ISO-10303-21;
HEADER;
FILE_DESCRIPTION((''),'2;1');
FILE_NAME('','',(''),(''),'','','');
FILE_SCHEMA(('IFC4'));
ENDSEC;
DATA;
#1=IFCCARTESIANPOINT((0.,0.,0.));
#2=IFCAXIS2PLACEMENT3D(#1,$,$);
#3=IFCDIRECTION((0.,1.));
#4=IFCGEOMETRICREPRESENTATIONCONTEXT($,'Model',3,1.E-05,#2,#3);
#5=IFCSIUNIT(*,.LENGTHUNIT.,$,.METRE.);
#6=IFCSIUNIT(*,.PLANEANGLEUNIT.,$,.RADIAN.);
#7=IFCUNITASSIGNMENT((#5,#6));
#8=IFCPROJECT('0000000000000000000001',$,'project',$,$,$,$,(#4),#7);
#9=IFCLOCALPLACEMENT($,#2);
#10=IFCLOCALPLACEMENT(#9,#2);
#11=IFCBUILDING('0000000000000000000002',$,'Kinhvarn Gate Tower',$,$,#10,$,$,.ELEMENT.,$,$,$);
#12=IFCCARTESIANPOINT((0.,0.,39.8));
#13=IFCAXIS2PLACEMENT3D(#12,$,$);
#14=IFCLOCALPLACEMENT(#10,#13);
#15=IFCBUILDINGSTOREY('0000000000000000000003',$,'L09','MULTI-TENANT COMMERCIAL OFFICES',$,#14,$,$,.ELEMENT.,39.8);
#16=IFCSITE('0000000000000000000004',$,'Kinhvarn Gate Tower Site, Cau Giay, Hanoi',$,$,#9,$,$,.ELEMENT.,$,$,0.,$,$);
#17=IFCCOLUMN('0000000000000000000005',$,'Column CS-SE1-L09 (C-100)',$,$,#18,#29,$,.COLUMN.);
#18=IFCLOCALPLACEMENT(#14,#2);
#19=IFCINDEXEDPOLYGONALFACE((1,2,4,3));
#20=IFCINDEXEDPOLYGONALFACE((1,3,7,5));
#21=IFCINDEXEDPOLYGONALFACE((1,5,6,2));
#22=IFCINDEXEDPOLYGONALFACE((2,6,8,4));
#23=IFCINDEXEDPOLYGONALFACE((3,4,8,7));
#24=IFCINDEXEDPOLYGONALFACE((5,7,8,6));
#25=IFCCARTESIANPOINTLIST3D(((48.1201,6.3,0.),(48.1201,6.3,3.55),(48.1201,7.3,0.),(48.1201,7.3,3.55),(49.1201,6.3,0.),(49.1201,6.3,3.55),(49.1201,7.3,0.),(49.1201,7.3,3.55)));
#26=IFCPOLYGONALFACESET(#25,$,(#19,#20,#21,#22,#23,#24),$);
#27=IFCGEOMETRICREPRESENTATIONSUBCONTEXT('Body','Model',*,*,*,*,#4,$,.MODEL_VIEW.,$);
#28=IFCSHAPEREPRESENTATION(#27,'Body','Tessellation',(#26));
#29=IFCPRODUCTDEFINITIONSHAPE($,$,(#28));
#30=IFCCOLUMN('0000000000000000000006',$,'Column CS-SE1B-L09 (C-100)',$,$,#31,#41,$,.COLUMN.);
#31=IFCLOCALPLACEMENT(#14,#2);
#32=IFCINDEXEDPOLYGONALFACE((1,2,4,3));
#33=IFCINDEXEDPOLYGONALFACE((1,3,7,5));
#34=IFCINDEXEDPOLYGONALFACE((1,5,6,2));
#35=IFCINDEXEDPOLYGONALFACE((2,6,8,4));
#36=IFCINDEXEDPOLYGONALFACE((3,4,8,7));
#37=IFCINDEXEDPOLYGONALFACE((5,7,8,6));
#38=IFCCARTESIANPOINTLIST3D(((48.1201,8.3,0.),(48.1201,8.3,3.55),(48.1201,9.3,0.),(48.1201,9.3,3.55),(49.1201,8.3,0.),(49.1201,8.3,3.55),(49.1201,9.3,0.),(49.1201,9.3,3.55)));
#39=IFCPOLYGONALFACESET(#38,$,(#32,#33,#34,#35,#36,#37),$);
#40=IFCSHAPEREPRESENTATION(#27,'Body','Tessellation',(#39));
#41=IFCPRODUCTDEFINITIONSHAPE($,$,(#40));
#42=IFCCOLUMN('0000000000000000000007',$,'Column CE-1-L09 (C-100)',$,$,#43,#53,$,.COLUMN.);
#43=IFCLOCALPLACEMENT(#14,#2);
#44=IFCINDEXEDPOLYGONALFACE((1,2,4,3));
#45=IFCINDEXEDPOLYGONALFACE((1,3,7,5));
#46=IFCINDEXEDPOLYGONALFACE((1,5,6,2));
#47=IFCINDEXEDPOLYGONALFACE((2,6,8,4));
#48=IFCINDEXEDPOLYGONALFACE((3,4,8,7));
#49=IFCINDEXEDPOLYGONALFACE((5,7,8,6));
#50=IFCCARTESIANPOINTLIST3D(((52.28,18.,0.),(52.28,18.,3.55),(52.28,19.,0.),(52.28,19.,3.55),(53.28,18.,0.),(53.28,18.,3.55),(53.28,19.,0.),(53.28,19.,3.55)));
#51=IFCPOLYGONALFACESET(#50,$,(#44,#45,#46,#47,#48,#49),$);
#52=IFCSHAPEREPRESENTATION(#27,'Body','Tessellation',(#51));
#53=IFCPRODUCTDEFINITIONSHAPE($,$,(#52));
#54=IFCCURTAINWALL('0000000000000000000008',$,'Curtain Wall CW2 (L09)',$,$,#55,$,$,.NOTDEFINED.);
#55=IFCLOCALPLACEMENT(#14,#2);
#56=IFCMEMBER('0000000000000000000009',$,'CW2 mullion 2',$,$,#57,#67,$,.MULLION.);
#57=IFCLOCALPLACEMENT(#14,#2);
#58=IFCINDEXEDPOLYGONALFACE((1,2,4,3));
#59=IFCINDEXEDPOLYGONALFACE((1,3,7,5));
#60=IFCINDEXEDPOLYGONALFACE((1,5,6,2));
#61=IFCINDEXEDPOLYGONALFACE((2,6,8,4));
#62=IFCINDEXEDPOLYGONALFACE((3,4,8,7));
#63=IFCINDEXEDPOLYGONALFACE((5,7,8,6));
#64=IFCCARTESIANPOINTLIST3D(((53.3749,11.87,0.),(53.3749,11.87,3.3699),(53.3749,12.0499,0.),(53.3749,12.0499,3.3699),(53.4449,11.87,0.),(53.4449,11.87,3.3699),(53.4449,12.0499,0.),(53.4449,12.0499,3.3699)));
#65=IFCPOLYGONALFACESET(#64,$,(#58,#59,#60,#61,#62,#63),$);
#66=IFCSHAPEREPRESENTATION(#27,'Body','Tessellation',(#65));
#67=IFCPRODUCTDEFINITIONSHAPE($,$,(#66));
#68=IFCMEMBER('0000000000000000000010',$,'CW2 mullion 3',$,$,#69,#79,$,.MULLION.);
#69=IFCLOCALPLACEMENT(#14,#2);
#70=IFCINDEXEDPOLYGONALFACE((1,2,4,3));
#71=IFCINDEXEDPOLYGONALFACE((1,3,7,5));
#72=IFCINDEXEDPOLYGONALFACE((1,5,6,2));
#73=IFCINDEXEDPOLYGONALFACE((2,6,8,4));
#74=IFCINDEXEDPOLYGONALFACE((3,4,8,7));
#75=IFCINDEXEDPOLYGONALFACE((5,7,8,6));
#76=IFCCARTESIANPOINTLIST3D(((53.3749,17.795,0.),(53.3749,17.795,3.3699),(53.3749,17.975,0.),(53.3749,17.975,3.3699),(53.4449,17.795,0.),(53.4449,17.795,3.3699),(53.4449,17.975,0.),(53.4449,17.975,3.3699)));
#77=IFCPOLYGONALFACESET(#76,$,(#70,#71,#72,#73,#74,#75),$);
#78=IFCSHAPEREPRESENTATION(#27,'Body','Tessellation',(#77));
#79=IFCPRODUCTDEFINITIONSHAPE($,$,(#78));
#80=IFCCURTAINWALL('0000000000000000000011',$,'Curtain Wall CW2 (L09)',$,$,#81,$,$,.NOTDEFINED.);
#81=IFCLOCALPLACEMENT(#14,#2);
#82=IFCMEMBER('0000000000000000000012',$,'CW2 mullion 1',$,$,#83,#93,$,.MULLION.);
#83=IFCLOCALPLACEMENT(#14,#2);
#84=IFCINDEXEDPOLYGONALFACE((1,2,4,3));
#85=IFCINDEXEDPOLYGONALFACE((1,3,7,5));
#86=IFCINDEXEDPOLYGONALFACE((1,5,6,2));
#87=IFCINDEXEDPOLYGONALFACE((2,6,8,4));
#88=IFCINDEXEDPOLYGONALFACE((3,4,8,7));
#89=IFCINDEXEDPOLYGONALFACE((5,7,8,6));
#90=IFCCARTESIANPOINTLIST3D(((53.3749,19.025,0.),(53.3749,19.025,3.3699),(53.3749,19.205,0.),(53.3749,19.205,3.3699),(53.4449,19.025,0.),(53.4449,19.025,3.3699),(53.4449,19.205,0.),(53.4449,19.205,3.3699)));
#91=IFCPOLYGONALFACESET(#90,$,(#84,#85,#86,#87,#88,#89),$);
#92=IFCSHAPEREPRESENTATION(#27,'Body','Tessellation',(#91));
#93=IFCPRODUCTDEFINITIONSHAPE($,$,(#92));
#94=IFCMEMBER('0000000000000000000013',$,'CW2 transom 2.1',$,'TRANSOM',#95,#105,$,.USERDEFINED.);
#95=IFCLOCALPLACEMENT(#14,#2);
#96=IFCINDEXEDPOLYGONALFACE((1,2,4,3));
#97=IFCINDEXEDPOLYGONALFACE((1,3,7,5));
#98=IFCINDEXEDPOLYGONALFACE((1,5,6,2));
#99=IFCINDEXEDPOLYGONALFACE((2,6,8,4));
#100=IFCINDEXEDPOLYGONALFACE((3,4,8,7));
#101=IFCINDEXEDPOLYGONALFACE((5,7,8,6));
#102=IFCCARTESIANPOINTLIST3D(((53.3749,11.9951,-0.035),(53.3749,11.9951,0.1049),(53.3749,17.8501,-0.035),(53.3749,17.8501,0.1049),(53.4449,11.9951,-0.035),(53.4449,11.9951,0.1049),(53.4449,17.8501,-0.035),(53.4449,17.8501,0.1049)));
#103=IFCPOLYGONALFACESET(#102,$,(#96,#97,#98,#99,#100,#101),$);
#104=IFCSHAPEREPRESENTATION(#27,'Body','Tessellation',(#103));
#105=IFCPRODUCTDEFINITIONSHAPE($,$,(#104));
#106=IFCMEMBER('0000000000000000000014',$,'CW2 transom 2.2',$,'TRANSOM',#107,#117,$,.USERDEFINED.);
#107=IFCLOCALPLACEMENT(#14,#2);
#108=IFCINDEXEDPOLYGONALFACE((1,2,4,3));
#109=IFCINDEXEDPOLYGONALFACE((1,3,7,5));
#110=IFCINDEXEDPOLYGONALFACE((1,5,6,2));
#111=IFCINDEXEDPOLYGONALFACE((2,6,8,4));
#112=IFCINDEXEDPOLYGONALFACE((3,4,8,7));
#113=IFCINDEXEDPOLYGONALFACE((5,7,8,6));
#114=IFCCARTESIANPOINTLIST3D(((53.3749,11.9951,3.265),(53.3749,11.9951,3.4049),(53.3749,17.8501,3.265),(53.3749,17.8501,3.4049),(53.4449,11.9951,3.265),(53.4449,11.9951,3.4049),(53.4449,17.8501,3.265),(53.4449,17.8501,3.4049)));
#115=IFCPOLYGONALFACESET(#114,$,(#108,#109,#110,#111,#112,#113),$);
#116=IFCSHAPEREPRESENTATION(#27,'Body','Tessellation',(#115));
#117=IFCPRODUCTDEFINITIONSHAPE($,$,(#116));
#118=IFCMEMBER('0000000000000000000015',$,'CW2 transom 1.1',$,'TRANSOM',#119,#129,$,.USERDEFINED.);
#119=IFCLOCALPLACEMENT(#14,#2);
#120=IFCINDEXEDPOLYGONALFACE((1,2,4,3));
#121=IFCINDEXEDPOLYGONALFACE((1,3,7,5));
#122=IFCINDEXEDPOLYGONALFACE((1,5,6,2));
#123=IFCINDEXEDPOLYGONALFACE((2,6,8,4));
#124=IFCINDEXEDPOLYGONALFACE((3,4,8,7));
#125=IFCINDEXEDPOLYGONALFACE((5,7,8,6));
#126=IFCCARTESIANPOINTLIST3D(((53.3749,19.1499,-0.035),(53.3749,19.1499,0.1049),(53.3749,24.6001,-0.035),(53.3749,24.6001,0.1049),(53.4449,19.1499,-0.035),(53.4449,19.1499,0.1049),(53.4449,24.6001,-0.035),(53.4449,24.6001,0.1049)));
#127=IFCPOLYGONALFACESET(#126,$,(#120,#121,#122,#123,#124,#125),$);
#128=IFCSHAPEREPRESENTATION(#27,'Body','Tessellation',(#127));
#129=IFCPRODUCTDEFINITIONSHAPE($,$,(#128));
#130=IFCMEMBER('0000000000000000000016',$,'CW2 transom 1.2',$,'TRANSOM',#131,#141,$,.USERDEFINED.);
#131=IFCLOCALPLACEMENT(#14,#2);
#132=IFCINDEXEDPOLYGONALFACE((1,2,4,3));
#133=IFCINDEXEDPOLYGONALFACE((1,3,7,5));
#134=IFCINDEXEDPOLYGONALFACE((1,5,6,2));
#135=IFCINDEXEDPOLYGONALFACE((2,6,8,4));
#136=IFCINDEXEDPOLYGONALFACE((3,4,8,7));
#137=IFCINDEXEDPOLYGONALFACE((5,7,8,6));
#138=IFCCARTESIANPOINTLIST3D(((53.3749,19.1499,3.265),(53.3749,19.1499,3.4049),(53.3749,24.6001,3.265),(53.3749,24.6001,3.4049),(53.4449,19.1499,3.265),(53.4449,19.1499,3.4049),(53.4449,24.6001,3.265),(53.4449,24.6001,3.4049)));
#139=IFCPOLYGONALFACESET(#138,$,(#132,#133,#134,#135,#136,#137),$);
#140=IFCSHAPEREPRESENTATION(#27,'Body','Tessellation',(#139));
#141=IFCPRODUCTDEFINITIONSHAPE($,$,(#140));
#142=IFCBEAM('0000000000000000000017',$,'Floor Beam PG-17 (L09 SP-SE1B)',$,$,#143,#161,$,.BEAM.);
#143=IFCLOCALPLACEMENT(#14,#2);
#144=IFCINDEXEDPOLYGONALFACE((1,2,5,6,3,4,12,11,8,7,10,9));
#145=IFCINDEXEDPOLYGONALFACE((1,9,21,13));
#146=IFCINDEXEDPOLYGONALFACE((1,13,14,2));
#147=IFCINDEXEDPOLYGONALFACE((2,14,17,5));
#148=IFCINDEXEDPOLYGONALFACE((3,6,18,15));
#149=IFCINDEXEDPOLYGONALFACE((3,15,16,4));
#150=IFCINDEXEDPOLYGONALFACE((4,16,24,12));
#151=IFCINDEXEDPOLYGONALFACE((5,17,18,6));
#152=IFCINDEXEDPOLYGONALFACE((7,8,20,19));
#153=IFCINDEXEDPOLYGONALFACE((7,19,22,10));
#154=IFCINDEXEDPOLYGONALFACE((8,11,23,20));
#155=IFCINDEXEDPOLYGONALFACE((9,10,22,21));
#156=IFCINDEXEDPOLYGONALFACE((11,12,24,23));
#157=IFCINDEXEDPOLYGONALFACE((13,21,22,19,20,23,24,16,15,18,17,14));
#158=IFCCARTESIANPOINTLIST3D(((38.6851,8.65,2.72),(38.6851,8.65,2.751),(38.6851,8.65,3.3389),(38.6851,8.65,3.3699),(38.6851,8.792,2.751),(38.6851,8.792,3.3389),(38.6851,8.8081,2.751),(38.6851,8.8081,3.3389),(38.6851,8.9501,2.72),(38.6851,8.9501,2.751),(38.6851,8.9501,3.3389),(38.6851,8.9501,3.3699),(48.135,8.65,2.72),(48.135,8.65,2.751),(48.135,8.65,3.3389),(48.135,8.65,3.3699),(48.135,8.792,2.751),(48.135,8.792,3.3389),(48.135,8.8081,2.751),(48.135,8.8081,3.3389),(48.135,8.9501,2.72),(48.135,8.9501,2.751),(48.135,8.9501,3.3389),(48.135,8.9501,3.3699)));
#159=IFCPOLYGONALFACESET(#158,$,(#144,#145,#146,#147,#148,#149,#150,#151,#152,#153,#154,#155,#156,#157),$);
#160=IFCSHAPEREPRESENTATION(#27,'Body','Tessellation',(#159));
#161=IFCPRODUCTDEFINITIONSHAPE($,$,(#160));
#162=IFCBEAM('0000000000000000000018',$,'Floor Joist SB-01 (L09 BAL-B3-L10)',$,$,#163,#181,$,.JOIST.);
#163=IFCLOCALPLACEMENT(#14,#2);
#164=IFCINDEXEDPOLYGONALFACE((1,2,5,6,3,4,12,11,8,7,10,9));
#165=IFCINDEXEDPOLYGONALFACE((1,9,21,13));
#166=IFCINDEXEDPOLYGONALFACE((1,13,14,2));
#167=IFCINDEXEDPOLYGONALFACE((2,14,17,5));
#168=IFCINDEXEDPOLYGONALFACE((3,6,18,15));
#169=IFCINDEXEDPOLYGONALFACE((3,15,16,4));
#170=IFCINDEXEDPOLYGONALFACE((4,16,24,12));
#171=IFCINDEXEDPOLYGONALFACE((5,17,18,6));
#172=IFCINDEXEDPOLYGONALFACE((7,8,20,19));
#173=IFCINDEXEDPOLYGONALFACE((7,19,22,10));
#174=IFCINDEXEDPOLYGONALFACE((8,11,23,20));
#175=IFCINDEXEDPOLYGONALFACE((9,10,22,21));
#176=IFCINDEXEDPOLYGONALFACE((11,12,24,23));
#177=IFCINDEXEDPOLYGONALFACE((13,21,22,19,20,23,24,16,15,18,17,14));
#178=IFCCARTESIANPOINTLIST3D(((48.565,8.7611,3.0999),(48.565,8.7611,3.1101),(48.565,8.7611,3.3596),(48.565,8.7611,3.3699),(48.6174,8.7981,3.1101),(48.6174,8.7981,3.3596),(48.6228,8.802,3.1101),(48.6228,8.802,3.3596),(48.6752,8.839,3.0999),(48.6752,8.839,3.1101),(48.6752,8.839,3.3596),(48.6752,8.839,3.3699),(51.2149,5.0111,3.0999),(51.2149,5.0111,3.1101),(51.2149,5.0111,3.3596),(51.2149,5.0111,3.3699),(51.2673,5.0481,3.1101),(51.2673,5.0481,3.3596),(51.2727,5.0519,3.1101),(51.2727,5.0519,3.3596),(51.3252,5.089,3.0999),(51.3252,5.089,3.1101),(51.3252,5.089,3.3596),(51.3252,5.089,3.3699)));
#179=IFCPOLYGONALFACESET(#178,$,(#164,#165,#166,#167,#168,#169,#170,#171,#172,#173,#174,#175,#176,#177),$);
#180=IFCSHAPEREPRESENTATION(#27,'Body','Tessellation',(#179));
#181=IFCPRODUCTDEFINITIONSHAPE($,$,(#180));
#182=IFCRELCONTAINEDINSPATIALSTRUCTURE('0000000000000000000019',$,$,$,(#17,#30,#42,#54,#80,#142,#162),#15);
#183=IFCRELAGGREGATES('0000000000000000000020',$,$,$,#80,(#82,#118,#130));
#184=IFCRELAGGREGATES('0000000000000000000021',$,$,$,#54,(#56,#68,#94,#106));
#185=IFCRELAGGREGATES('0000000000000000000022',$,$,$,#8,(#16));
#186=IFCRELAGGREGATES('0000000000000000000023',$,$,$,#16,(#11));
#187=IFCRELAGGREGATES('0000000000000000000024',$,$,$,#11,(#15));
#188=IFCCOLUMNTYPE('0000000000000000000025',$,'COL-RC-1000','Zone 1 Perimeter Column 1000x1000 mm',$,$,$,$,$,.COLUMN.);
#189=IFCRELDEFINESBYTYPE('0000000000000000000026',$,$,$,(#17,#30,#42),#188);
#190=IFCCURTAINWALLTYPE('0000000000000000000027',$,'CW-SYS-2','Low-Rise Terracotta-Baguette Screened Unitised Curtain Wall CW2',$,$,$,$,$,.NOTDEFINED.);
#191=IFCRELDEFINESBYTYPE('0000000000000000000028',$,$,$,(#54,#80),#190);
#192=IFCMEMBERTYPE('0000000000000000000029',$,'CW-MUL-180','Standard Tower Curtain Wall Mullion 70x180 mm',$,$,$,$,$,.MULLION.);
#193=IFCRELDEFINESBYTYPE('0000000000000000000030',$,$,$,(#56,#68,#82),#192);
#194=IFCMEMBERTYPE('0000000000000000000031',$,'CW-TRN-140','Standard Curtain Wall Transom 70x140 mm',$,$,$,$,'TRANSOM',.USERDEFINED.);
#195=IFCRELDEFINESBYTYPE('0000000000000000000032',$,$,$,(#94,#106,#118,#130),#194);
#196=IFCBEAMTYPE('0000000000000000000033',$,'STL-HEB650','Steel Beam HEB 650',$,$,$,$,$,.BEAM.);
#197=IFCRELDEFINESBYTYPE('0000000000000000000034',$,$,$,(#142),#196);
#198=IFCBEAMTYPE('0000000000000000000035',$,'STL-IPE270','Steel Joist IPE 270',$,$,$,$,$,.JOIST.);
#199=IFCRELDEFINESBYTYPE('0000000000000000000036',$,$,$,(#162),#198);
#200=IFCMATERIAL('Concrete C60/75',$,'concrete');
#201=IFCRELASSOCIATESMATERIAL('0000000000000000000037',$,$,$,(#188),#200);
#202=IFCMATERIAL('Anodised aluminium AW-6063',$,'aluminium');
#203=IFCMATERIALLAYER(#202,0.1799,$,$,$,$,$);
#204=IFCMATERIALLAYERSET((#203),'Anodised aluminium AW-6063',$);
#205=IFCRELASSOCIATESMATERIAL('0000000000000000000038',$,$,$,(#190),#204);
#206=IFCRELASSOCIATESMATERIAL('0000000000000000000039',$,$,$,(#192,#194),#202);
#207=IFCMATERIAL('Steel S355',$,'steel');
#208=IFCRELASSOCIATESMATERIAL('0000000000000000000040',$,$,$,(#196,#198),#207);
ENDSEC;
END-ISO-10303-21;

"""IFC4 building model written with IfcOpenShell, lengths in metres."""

from ifc_helpers import new_model, si_unit, direction, frame, origin, origin_2d, place, context, subcontext, project, spatial, rectangle, i_section, extrude, material, layer, layer_set, material_profile, profile_set, type_object, element, aggregate, save


model = new_model("IFC4")

# Units and contexts
model_context = context("Model", 3, precision=1e-05, world=origin(), true_north=direction((0.0, 1.0)))
body_context = subcontext(model_context, "Body", "Model", "MODEL_VIEW")
ifc_project = project(units=[si_unit("LENGTHUNIT", "METRE"), si_unit("PLANEANGLEUNIT", "RADIAN")], contexts=[model_context])

# Site, building, storey
site_placement = place(None, origin())
site = spatial("IfcSite", under=ifc_project, at=site_placement, Name="Kinhvarn Gate Tower Site, Cau Giay, Hanoi", CompositionType="ELEMENT", RefElevation=0.0)
building_placement = place(site_placement, origin())
building = spatial("IfcBuilding", under=site, at=building_placement, Name="Kinhvarn Gate Tower", CompositionType="ELEMENT")
storey_placement = place(building_placement, frame((0.0, 0.0, 39.8)))
storey = spatial("IfcBuildingStorey", under=building, at=storey_placement, Name="L09", Description="MULTI-TENANT COMMERCIAL OFFICES", CompositionType="ELEMENT", Elevation=39.8)

# Columns
ifc_material_1 = material(Name="Concrete C60/75", Category="concrete")
ifc_material_profile_1 = material_profile(ifc_material_1, rectangle(XDim=1.0, YDim=1.0, at=origin_2d()), Name="RC 1000x1000")
ifc_profile_set_1 = profile_set([ifc_material_profile_1], Name="Concrete C60/75")
column_type = type_object("IfcColumnType", Name="COL-RC-1000", Description="Zone 1 Perimeter Column 1000x1000 mm", PredefinedType="COLUMN", material=ifc_profile_set_1)
for number, where, z_axis, x_axis, name in (
    (1, (48.6201, 6.8, 0.0), (0.0, 0.0, 1.0), (1.0, 0.0, 0.0), "Column CS-SE1-L09 (C-100)"),
    (2, (48.6201, 8.8, 0.0), (0.0, 0.0, 1.0), (1.0, 0.0, 0.0), "Column CS-SE1B-L09 (C-100)"),
    (3, (52.78, 18.5, 0.0), (0.0, 0.0, 1.0), (1.0, 0.0, 0.0), "Column CE-1-L09 (C-100)"),
):
    element("IfcColumn", number, at=place(storey_placement, frame(where, z_axis=z_axis, x_axis=x_axis)), inside=storey, type_object=column_type, Name=name, PredefinedType="COLUMN", context=body_context, shape_type="SweptSolid", body=[
        extrude(rectangle(XDim=1.0, YDim=1.0, at=origin_2d()), origin(), (0.0, 0.0, 1.0), 3.55),
    ])

# Curtain wall, members
ifc_material_2 = material(Name="Anodised aluminium AW-6063", Category="aluminium")
ifc_layer_1 = layer(ifc_material_2, 0.1799)
ifc_layer_set_1 = layer_set([ifc_layer_1], Name="Anodised aluminium AW-6063")
curtain_wall_type = type_object("IfcCurtainWallType", Name="CW-SYS-2", Description="Low-Rise Terracotta-Baguette Screened Unitised Curtain Wall CW2", PredefinedType="NOTDEFINED", material=ifc_layer_set_1)
curtain_wall_1_placement = place(storey_placement, origin())
curtain_wall_1 = element("IfcCurtainWall", 4, at=curtain_wall_1_placement, inside=storey, type_object=curtain_wall_type, Name="Curtain Wall CW2 (L09)", PredefinedType="NOTDEFINED")
ifc_material_profile_2 = material_profile(ifc_material_2, rectangle(XDim=0.0701, YDim=0.1799, at=origin_2d()), Name="ALU 70x180")
ifc_profile_set_2 = profile_set([ifc_material_profile_2], Name="Anodised aluminium AW-6063")
member_type_1 = type_object("IfcMemberType", Name="CW-MUL-180", Description="Standard Tower Curtain Wall Mullion 70x180 mm", PredefinedType="MULLION", material=ifc_profile_set_2)
member_1_placement = place(storey_placement, frame((53.4099, 11.96, 0.0), z_axis=(0.0, 0.0, 1.0), x_axis=(-1.0, 0.0, 0.0)))
member_1 = element("IfcMember", 5, at=member_1_placement, type_object=member_type_1, Name="CW2 mullion 2", PredefinedType="MULLION", context=body_context, shape_type="SweptSolid", body=[
    extrude(rectangle(XDim=0.0701, YDim=0.1799, at=origin_2d()), origin(), (0.0, 0.0, 1.0), 3.3699),
])
member_2_placement = place(storey_placement, frame((53.4099, 17.885, 0.0), z_axis=(0.0, 0.0, 1.0), x_axis=(-1.0, 0.0, 0.0)))
member_2 = element("IfcMember", 6, at=member_2_placement, type_object=member_type_1, Name="CW2 mullion 3", PredefinedType="MULLION", context=body_context, shape_type="SweptSolid", body=[
    extrude(rectangle(XDim=0.0701, YDim=0.1799, at=origin_2d()), origin(), (0.0, 0.0, 1.0), 3.3699),
])

# Curtain wall, member
curtain_wall_2_placement = place(storey_placement, origin())
curtain_wall_2 = element("IfcCurtainWall", 7, at=curtain_wall_2_placement, inside=storey, type_object=curtain_wall_type, Name="Curtain Wall CW2 (L09)", PredefinedType="NOTDEFINED")
member_3_placement = place(storey_placement, frame((53.4099, 19.115, 0.0), z_axis=(0.0, 0.0, 1.0), x_axis=(-1.0, 0.0, 0.0)))
member_3 = element("IfcMember", 8, at=member_3_placement, type_object=member_type_1, Name="CW2 mullion 1", PredefinedType="MULLION", context=body_context, shape_type="SweptSolid", body=[
    extrude(rectangle(XDim=0.0701, YDim=0.1799, at=origin_2d()), origin(), (0.0, 0.0, 1.0), 3.3699),
])

# Members
ifc_material_profile_3 = material_profile(ifc_material_2, rectangle(XDim=0.0701, YDim=0.1399, at=origin_2d()), Name="ALU 70x140")
ifc_profile_set_3 = profile_set([ifc_material_profile_3], Name="Anodised aluminium AW-6063")
member_type_2 = type_object("IfcMemberType", Name="CW-TRN-140", Description="Standard Curtain Wall Transom 70x140 mm", ElementType="TRANSOM", PredefinedType="USERDEFINED", material=ifc_profile_set_3)
member_4_placement = place(storey_placement, frame((53.4099, 11.9951, 0.0349), z_axis=(0.0, 1.0, 0.0), x_axis=(-1.0, 0.0, 0.0)))
member_4 = element("IfcMember", 9, at=member_4_placement, type_object=member_type_2, Name="CW2 transom 2.1", ObjectType="TRANSOM", PredefinedType="USERDEFINED", context=body_context, shape_type="SweptSolid", body=[
    extrude(rectangle(XDim=0.0701, YDim=0.1399, at=origin_2d()), origin(), (0.0, 0.0, 1.0), 5.855),
])
member_5_placement = place(storey_placement, frame((53.4099, 11.9951, 3.335), z_axis=(0.0, 1.0, 0.0), x_axis=(-1.0, 0.0, 0.0)))
member_5 = element("IfcMember", 10, at=member_5_placement, type_object=member_type_2, Name="CW2 transom 2.2", ObjectType="TRANSOM", PredefinedType="USERDEFINED", context=body_context, shape_type="SweptSolid", body=[
    extrude(rectangle(XDim=0.0701, YDim=0.1399, at=origin_2d()), origin(), (0.0, 0.0, 1.0), 5.855),
])
member_6_placement = place(storey_placement, frame((53.4099, 19.1499, 0.0349), z_axis=(0.0, 1.0, 0.0), x_axis=(-1.0, 0.0, 0.0)))
member_6 = element("IfcMember", 11, at=member_6_placement, type_object=member_type_2, Name="CW2 transom 1.1", ObjectType="TRANSOM", PredefinedType="USERDEFINED", context=body_context, shape_type="SweptSolid", body=[
    extrude(rectangle(XDim=0.0701, YDim=0.1399, at=origin_2d()), origin(), (0.0, 0.0, 1.0), 5.4502),
])
member_7_placement = place(storey_placement, frame((53.4099, 19.1499, 3.335), z_axis=(0.0, 1.0, 0.0), x_axis=(-1.0, 0.0, 0.0)))
member_7 = element("IfcMember", 12, at=member_7_placement, type_object=member_type_2, Name="CW2 transom 1.2", ObjectType="TRANSOM", PredefinedType="USERDEFINED", context=body_context, shape_type="SweptSolid", body=[
    extrude(rectangle(XDim=0.0701, YDim=0.1399, at=origin_2d()), origin(), (0.0, 0.0, 1.0), 5.4502),
])
aggregate(curtain_wall_2, [member_3, member_6, member_7])

# Beams
ifc_material_3 = material(Name="Steel S355", Category="steel")
ifc_material_profile_4 = material_profile(ifc_material_3, i_section(OverallWidth=0.3, OverallDepth=0.6499, WebThickness=0.0161, FlangeThickness=0.031, at=origin_2d()), Name="HEB 650")
ifc_profile_set_4 = profile_set([ifc_material_profile_4], Name="Steel S355")
beam_type_1 = type_object("IfcBeamType", Name="STL-HEB650", Description="Steel Beam HEB 650", PredefinedType="BEAM", material=ifc_profile_set_4)
beam_1_placement = place(storey_placement, frame((38.6851, 8.8, 3.0449), z_axis=(1.0, 0.0, 0.0), x_axis=(0.0, 1.0, 0.0)))
element("IfcBeam", 13, at=beam_1_placement, inside=storey, type_object=beam_type_1, Name="Floor Beam PG-17 (L09 SP-SE1B)", PredefinedType="BEAM", context=body_context, shape_type="SweptSolid", body=[
    extrude(i_section(OverallWidth=0.3, OverallDepth=0.6499, WebThickness=0.0161, FlangeThickness=0.031, at=origin_2d()), origin(), (0.0, 0.0, 1.0), 9.45),
])
ifc_material_profile_5 = material_profile(ifc_material_3, i_section(OverallWidth=0.135, OverallDepth=0.27, WebThickness=0.0066, FlangeThickness=0.0103, at=origin_2d()), Name="IPE 270")
ifc_profile_set_5 = profile_set([ifc_material_profile_5], Name="Steel S355")
beam_type_2 = type_object("IfcBeamType", Name="STL-IPE270", Description="Steel Joist IPE 270", PredefinedType="JOIST", material=ifc_profile_set_5)
beam_2_placement = place(storey_placement, frame((48.6201, 8.8, 3.2349), z_axis=(0.577096, -0.816676, 0.0), x_axis=(0.816676, 0.577096, 0.0)))
element("IfcBeam", 14, at=beam_2_placement, inside=storey, type_object=beam_type_2, Name="Floor Joist SB-01 (L09 BAL-B3-L10)", PredefinedType="JOIST", context=body_context, shape_type="SweptSolid", body=[
    extrude(i_section(OverallWidth=0.135, OverallDepth=0.27, WebThickness=0.0066, FlangeThickness=0.0103, at=origin_2d()), origin(), (0.0, 0.0, 1.0), 4.5918),
])

aggregate(curtain_wall_1, [member_1, member_2, member_4, member_5])

save(model, "model.ifc")
